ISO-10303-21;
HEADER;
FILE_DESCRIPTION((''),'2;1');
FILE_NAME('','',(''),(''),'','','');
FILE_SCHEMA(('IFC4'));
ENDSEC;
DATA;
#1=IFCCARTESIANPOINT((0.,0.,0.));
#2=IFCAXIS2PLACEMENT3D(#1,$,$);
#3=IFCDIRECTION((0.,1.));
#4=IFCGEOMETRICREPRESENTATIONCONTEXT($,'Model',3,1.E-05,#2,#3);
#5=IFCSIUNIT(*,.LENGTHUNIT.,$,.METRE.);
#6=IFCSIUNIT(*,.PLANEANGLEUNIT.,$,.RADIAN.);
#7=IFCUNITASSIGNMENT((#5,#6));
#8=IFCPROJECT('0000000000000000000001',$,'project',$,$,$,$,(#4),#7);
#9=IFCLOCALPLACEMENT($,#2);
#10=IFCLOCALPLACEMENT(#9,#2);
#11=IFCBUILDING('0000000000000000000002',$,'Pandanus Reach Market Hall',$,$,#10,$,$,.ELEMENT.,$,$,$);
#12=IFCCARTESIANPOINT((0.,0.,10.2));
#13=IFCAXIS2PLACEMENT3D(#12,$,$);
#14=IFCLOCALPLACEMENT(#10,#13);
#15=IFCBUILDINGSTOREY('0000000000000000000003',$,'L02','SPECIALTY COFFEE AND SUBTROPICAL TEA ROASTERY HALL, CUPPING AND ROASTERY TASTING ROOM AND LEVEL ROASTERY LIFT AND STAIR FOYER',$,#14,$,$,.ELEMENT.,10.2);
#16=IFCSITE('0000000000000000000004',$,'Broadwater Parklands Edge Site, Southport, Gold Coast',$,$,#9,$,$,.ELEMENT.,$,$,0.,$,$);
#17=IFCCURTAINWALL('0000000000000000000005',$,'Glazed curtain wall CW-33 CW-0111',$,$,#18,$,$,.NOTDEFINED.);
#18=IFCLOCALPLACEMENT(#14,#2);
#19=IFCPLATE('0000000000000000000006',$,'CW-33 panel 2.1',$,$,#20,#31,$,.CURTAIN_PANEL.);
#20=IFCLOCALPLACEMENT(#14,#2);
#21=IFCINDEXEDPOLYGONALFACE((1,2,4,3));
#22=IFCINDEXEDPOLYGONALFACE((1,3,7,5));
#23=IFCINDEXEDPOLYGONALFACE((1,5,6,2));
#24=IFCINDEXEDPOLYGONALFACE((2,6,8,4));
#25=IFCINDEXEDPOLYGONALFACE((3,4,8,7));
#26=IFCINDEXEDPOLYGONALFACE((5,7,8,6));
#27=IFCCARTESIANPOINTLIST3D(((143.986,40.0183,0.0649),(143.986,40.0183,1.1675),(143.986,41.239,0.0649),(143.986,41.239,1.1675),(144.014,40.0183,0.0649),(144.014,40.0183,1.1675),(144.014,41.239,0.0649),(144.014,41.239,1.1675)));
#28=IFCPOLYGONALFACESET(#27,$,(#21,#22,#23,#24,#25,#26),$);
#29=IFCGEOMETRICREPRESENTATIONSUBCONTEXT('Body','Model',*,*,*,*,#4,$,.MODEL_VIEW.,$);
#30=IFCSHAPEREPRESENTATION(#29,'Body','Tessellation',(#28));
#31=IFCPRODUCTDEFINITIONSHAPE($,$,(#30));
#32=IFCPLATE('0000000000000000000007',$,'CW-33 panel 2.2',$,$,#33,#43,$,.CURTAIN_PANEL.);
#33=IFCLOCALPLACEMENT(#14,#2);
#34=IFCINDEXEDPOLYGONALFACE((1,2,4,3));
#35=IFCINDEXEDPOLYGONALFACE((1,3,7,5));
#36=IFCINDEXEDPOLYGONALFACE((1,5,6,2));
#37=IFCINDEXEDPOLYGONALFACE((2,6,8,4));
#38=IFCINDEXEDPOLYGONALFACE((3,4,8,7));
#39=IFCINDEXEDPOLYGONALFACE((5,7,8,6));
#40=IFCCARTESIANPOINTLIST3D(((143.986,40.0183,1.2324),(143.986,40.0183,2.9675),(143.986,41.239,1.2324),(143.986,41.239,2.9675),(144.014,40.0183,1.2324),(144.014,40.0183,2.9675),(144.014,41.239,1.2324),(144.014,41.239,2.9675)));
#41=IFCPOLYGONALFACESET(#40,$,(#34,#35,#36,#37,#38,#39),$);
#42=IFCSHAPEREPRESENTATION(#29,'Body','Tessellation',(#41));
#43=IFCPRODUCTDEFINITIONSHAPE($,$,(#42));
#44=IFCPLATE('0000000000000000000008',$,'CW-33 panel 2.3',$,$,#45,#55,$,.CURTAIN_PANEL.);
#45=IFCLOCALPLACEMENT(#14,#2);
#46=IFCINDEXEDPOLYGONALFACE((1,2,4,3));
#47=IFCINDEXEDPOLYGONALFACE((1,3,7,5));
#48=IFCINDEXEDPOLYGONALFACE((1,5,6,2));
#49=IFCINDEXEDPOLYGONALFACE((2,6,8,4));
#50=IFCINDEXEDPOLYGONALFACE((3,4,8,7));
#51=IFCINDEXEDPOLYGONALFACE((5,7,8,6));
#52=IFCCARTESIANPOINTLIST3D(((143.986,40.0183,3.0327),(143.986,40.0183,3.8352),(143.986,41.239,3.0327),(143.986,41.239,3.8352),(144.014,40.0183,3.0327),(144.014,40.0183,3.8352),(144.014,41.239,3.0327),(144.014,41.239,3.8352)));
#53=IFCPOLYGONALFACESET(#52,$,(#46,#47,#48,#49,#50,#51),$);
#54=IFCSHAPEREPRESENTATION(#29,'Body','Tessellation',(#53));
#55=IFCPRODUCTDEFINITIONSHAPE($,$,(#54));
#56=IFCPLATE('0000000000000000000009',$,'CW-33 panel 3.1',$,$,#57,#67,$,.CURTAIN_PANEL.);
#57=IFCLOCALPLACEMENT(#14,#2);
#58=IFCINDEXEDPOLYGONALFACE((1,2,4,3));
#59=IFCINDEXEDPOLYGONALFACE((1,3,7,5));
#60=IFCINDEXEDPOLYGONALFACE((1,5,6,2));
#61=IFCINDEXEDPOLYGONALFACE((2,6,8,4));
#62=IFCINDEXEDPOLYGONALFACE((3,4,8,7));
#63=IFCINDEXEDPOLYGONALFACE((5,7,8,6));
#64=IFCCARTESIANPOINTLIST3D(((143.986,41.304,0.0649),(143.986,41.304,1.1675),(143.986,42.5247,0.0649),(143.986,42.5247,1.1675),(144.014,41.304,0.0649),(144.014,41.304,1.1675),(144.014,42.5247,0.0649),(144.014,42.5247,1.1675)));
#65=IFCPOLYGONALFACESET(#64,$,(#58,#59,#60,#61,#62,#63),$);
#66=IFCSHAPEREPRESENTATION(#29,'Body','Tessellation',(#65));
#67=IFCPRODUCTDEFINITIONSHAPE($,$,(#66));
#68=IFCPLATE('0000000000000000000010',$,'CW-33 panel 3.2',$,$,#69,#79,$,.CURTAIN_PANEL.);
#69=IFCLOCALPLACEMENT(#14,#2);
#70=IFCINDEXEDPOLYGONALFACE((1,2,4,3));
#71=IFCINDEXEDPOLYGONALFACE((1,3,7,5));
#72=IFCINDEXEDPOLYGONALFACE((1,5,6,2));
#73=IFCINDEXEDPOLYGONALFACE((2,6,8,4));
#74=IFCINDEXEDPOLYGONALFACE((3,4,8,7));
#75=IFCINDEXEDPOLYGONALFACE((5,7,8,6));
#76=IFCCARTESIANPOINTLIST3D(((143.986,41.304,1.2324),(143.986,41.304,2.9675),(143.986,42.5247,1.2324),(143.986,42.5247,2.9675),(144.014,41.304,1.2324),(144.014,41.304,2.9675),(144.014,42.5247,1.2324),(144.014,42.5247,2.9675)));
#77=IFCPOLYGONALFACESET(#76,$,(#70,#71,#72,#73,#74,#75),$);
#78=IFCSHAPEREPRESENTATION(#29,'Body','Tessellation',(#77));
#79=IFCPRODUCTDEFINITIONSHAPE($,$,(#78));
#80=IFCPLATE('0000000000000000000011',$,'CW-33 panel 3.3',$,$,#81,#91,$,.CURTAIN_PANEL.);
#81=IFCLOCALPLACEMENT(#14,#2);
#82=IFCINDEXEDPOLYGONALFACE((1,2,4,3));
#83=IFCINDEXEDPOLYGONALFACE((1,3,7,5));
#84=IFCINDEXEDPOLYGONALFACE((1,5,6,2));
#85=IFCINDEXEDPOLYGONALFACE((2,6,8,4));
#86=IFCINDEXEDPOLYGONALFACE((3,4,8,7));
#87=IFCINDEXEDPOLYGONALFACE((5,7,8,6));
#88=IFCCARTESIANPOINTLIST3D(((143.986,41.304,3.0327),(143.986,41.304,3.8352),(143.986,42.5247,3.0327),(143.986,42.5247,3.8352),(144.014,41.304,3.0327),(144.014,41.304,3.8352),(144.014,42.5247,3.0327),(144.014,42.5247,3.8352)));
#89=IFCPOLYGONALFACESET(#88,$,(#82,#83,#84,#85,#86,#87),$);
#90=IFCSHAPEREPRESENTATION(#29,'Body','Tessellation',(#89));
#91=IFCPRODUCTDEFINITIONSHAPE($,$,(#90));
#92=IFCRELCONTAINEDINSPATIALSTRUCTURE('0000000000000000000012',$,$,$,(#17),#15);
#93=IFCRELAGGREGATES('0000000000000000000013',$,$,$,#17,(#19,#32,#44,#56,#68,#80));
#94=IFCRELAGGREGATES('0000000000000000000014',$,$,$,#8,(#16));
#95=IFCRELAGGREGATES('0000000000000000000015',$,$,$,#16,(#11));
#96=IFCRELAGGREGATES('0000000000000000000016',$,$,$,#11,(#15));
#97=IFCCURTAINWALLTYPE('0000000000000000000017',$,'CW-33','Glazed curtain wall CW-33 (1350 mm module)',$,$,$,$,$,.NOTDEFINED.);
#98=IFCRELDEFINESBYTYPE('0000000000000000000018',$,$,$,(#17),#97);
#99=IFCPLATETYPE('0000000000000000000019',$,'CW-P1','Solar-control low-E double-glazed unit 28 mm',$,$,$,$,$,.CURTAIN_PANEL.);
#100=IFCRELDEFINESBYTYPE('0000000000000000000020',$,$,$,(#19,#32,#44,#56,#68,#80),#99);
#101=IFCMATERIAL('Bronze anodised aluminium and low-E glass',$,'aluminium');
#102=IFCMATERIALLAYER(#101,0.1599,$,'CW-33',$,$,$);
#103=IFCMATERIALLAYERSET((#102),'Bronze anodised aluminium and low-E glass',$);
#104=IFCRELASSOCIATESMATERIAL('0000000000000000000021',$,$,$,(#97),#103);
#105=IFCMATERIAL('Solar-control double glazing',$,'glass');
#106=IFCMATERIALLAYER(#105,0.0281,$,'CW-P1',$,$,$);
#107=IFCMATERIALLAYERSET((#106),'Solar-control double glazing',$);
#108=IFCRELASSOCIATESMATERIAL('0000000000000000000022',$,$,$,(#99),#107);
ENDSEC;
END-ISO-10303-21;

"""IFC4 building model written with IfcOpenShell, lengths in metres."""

from ifc_helpers import new_model, si_unit, direction, frame, origin, origin_2d, place, context, subcontext, project, spatial, rectangle, extrude, material, layer, layer_set, type_object, element, aggregate, save


model = new_model("IFC4")

# Units and contexts
model_context = context("Model", 3, precision=1e-05, world=origin(), true_north=direction((0.0, 1.0)))
body_context = subcontext(model_context, "Body", "Model", "MODEL_VIEW")
ifc_project = project(units=[si_unit("LENGTHUNIT", "METRE"), si_unit("PLANEANGLEUNIT", "RADIAN")], contexts=[model_context])

# Site, building, storey
site_placement = place(None, origin())
site = spatial("IfcSite", under=ifc_project, at=site_placement, Name="Broadwater Parklands Edge Site, Southport, Gold Coast", CompositionType="ELEMENT", RefElevation=0.0)
building_placement = place(site_placement, origin())
building = spatial("IfcBuilding", under=site, at=building_placement, Name="Pandanus Reach Market Hall", CompositionType="ELEMENT")
storey_placement = place(building_placement, frame((0.0, 0.0, 10.2)))
storey = spatial("IfcBuildingStorey", under=building, at=storey_placement, Name="L02", Description="SPECIALTY COFFEE AND SUBTROPICAL TEA ROASTERY HALL, CUPPING AND ROASTERY TASTING ROOM AND LEVEL ROASTERY LIFT AND STAIR FOYER", CompositionType="ELEMENT", Elevation=10.2)

# Shared definitions
ifc_material_1 = material(Name="Bronze anodised aluminium and low-E glass", Category="aluminium")
ifc_layer_1 = layer(ifc_material_1, 0.1599, Name="CW-33")
ifc_layer_set_1 = layer_set([ifc_layer_1], Name="Bronze anodised aluminium and low-E glass")
curtain_wall_type = type_object("IfcCurtainWallType", Name="CW-33", Description="Glazed curtain wall CW-33 (1350 mm module)", PredefinedType="NOTDEFINED", material=ifc_layer_set_1)

# Curtain wall
curtain_wall_1_placement = place(storey_placement, origin())
curtain_wall_1 = element("IfcCurtainWall", 1, at=curtain_wall_1_placement, inside=storey, type_object=curtain_wall_type, Name="Glazed curtain wall CW-33 CW-0111", PredefinedType="NOTDEFINED")

# Plates
ifc_material_2 = material(Name="Solar-control double glazing", Category="glass")
ifc_layer_2 = layer(ifc_material_2, 0.0281, Name="CW-P1")
ifc_layer_set_2 = layer_set([ifc_layer_2], Name="Solar-control double glazing")
plate_type = type_object("IfcPlateType", Name="CW-P1", Description="Solar-control low-E double-glazed unit 28 mm", PredefinedType="CURTAIN_PANEL", material=ifc_layer_set_2)
plate_1_placement = place(storey_placement, frame((144.0, 40.6287, 0.0649), z_axis=(0.0, 0.0, 1.0), x_axis=(0.0, 1.0, 0.0)))
plate_1 = element("IfcPlate", 2, at=plate_1_placement, type_object=plate_type, Name="CW-33 panel 2.1", PredefinedType="CURTAIN_PANEL", context=body_context, shape_type="SweptSolid", body=[
    extrude(rectangle(XDim=1.2207, YDim=0.0281, at=origin_2d()), origin(), (0.0, 0.0, 1.0), 1.1025),
])
plate_2_placement = place(storey_placement, frame((144.0, 40.6287, 1.2324), z_axis=(0.0, 0.0, 1.0), x_axis=(0.0, 1.0, 0.0)))
plate_2 = element("IfcPlate", 3, at=plate_2_placement, type_object=plate_type, Name="CW-33 panel 2.2", PredefinedType="CURTAIN_PANEL", context=body_context, shape_type="SweptSolid", body=[
    extrude(rectangle(XDim=1.2207, YDim=0.0281, at=origin_2d()), origin(), (0.0, 0.0, 1.0), 1.7351),
])
plate_3_placement = place(storey_placement, frame((144.0, 40.6287, 3.0327), z_axis=(0.0, 0.0, 1.0), x_axis=(0.0, 1.0, 0.0)))
plate_3 = element("IfcPlate", 4, at=plate_3_placement, type_object=plate_type, Name="CW-33 panel 2.3", PredefinedType="CURTAIN_PANEL", context=body_context, shape_type="SweptSolid", body=[
    extrude(rectangle(XDim=1.2207, YDim=0.0281, at=origin_2d()), origin(), (0.0, 0.0, 1.0), 0.8025),
])
plate_4_placement = place(storey_placement, frame((144.0, 41.9143, 0.0649), z_axis=(0.0, 0.0, 1.0), x_axis=(0.0, 1.0, 0.0)))
plate_4 = element("IfcPlate", 5, at=plate_4_placement, type_object=plate_type, Name="CW-33 panel 3.1", PredefinedType="CURTAIN_PANEL", context=body_context, shape_type="SweptSolid", body=[
    extrude(rectangle(XDim=1.2207, YDim=0.0281, at=origin_2d()), origin(), (0.0, 0.0, 1.0), 1.1025),
])
plate_5_placement = place(storey_placement, frame((144.0, 41.9143, 1.2324), z_axis=(0.0, 0.0, 1.0), x_axis=(0.0, 1.0, 0.0)))
plate_5 = element("IfcPlate", 6, at=plate_5_placement, type_object=plate_type, Name="CW-33 panel 3.2", PredefinedType="CURTAIN_PANEL", context=body_context, shape_type="SweptSolid", body=[
    extrude(rectangle(XDim=1.2207, YDim=0.0281, at=origin_2d()), origin(), (0.0, 0.0, 1.0), 1.7351),
])
plate_6_placement = place(storey_placement, frame((144.0, 41.9143, 3.0327), z_axis=(0.0, 0.0, 1.0), x_axis=(0.0, 1.0, 0.0)))
plate_6 = element("IfcPlate", 7, at=plate_6_placement, type_object=plate_type, Name="CW-33 panel 3.3", PredefinedType="CURTAIN_PANEL", context=body_context, shape_type="SweptSolid", body=[
    extrude(rectangle(XDim=1.2207, YDim=0.0281, at=origin_2d()), origin(), (0.0, 0.0, 1.0), 0.8025),
])
aggregate(curtain_wall_1, [plate_1, plate_2, plate_3, plate_4, plate_5, plate_6])

save(model, "model.ifc")
